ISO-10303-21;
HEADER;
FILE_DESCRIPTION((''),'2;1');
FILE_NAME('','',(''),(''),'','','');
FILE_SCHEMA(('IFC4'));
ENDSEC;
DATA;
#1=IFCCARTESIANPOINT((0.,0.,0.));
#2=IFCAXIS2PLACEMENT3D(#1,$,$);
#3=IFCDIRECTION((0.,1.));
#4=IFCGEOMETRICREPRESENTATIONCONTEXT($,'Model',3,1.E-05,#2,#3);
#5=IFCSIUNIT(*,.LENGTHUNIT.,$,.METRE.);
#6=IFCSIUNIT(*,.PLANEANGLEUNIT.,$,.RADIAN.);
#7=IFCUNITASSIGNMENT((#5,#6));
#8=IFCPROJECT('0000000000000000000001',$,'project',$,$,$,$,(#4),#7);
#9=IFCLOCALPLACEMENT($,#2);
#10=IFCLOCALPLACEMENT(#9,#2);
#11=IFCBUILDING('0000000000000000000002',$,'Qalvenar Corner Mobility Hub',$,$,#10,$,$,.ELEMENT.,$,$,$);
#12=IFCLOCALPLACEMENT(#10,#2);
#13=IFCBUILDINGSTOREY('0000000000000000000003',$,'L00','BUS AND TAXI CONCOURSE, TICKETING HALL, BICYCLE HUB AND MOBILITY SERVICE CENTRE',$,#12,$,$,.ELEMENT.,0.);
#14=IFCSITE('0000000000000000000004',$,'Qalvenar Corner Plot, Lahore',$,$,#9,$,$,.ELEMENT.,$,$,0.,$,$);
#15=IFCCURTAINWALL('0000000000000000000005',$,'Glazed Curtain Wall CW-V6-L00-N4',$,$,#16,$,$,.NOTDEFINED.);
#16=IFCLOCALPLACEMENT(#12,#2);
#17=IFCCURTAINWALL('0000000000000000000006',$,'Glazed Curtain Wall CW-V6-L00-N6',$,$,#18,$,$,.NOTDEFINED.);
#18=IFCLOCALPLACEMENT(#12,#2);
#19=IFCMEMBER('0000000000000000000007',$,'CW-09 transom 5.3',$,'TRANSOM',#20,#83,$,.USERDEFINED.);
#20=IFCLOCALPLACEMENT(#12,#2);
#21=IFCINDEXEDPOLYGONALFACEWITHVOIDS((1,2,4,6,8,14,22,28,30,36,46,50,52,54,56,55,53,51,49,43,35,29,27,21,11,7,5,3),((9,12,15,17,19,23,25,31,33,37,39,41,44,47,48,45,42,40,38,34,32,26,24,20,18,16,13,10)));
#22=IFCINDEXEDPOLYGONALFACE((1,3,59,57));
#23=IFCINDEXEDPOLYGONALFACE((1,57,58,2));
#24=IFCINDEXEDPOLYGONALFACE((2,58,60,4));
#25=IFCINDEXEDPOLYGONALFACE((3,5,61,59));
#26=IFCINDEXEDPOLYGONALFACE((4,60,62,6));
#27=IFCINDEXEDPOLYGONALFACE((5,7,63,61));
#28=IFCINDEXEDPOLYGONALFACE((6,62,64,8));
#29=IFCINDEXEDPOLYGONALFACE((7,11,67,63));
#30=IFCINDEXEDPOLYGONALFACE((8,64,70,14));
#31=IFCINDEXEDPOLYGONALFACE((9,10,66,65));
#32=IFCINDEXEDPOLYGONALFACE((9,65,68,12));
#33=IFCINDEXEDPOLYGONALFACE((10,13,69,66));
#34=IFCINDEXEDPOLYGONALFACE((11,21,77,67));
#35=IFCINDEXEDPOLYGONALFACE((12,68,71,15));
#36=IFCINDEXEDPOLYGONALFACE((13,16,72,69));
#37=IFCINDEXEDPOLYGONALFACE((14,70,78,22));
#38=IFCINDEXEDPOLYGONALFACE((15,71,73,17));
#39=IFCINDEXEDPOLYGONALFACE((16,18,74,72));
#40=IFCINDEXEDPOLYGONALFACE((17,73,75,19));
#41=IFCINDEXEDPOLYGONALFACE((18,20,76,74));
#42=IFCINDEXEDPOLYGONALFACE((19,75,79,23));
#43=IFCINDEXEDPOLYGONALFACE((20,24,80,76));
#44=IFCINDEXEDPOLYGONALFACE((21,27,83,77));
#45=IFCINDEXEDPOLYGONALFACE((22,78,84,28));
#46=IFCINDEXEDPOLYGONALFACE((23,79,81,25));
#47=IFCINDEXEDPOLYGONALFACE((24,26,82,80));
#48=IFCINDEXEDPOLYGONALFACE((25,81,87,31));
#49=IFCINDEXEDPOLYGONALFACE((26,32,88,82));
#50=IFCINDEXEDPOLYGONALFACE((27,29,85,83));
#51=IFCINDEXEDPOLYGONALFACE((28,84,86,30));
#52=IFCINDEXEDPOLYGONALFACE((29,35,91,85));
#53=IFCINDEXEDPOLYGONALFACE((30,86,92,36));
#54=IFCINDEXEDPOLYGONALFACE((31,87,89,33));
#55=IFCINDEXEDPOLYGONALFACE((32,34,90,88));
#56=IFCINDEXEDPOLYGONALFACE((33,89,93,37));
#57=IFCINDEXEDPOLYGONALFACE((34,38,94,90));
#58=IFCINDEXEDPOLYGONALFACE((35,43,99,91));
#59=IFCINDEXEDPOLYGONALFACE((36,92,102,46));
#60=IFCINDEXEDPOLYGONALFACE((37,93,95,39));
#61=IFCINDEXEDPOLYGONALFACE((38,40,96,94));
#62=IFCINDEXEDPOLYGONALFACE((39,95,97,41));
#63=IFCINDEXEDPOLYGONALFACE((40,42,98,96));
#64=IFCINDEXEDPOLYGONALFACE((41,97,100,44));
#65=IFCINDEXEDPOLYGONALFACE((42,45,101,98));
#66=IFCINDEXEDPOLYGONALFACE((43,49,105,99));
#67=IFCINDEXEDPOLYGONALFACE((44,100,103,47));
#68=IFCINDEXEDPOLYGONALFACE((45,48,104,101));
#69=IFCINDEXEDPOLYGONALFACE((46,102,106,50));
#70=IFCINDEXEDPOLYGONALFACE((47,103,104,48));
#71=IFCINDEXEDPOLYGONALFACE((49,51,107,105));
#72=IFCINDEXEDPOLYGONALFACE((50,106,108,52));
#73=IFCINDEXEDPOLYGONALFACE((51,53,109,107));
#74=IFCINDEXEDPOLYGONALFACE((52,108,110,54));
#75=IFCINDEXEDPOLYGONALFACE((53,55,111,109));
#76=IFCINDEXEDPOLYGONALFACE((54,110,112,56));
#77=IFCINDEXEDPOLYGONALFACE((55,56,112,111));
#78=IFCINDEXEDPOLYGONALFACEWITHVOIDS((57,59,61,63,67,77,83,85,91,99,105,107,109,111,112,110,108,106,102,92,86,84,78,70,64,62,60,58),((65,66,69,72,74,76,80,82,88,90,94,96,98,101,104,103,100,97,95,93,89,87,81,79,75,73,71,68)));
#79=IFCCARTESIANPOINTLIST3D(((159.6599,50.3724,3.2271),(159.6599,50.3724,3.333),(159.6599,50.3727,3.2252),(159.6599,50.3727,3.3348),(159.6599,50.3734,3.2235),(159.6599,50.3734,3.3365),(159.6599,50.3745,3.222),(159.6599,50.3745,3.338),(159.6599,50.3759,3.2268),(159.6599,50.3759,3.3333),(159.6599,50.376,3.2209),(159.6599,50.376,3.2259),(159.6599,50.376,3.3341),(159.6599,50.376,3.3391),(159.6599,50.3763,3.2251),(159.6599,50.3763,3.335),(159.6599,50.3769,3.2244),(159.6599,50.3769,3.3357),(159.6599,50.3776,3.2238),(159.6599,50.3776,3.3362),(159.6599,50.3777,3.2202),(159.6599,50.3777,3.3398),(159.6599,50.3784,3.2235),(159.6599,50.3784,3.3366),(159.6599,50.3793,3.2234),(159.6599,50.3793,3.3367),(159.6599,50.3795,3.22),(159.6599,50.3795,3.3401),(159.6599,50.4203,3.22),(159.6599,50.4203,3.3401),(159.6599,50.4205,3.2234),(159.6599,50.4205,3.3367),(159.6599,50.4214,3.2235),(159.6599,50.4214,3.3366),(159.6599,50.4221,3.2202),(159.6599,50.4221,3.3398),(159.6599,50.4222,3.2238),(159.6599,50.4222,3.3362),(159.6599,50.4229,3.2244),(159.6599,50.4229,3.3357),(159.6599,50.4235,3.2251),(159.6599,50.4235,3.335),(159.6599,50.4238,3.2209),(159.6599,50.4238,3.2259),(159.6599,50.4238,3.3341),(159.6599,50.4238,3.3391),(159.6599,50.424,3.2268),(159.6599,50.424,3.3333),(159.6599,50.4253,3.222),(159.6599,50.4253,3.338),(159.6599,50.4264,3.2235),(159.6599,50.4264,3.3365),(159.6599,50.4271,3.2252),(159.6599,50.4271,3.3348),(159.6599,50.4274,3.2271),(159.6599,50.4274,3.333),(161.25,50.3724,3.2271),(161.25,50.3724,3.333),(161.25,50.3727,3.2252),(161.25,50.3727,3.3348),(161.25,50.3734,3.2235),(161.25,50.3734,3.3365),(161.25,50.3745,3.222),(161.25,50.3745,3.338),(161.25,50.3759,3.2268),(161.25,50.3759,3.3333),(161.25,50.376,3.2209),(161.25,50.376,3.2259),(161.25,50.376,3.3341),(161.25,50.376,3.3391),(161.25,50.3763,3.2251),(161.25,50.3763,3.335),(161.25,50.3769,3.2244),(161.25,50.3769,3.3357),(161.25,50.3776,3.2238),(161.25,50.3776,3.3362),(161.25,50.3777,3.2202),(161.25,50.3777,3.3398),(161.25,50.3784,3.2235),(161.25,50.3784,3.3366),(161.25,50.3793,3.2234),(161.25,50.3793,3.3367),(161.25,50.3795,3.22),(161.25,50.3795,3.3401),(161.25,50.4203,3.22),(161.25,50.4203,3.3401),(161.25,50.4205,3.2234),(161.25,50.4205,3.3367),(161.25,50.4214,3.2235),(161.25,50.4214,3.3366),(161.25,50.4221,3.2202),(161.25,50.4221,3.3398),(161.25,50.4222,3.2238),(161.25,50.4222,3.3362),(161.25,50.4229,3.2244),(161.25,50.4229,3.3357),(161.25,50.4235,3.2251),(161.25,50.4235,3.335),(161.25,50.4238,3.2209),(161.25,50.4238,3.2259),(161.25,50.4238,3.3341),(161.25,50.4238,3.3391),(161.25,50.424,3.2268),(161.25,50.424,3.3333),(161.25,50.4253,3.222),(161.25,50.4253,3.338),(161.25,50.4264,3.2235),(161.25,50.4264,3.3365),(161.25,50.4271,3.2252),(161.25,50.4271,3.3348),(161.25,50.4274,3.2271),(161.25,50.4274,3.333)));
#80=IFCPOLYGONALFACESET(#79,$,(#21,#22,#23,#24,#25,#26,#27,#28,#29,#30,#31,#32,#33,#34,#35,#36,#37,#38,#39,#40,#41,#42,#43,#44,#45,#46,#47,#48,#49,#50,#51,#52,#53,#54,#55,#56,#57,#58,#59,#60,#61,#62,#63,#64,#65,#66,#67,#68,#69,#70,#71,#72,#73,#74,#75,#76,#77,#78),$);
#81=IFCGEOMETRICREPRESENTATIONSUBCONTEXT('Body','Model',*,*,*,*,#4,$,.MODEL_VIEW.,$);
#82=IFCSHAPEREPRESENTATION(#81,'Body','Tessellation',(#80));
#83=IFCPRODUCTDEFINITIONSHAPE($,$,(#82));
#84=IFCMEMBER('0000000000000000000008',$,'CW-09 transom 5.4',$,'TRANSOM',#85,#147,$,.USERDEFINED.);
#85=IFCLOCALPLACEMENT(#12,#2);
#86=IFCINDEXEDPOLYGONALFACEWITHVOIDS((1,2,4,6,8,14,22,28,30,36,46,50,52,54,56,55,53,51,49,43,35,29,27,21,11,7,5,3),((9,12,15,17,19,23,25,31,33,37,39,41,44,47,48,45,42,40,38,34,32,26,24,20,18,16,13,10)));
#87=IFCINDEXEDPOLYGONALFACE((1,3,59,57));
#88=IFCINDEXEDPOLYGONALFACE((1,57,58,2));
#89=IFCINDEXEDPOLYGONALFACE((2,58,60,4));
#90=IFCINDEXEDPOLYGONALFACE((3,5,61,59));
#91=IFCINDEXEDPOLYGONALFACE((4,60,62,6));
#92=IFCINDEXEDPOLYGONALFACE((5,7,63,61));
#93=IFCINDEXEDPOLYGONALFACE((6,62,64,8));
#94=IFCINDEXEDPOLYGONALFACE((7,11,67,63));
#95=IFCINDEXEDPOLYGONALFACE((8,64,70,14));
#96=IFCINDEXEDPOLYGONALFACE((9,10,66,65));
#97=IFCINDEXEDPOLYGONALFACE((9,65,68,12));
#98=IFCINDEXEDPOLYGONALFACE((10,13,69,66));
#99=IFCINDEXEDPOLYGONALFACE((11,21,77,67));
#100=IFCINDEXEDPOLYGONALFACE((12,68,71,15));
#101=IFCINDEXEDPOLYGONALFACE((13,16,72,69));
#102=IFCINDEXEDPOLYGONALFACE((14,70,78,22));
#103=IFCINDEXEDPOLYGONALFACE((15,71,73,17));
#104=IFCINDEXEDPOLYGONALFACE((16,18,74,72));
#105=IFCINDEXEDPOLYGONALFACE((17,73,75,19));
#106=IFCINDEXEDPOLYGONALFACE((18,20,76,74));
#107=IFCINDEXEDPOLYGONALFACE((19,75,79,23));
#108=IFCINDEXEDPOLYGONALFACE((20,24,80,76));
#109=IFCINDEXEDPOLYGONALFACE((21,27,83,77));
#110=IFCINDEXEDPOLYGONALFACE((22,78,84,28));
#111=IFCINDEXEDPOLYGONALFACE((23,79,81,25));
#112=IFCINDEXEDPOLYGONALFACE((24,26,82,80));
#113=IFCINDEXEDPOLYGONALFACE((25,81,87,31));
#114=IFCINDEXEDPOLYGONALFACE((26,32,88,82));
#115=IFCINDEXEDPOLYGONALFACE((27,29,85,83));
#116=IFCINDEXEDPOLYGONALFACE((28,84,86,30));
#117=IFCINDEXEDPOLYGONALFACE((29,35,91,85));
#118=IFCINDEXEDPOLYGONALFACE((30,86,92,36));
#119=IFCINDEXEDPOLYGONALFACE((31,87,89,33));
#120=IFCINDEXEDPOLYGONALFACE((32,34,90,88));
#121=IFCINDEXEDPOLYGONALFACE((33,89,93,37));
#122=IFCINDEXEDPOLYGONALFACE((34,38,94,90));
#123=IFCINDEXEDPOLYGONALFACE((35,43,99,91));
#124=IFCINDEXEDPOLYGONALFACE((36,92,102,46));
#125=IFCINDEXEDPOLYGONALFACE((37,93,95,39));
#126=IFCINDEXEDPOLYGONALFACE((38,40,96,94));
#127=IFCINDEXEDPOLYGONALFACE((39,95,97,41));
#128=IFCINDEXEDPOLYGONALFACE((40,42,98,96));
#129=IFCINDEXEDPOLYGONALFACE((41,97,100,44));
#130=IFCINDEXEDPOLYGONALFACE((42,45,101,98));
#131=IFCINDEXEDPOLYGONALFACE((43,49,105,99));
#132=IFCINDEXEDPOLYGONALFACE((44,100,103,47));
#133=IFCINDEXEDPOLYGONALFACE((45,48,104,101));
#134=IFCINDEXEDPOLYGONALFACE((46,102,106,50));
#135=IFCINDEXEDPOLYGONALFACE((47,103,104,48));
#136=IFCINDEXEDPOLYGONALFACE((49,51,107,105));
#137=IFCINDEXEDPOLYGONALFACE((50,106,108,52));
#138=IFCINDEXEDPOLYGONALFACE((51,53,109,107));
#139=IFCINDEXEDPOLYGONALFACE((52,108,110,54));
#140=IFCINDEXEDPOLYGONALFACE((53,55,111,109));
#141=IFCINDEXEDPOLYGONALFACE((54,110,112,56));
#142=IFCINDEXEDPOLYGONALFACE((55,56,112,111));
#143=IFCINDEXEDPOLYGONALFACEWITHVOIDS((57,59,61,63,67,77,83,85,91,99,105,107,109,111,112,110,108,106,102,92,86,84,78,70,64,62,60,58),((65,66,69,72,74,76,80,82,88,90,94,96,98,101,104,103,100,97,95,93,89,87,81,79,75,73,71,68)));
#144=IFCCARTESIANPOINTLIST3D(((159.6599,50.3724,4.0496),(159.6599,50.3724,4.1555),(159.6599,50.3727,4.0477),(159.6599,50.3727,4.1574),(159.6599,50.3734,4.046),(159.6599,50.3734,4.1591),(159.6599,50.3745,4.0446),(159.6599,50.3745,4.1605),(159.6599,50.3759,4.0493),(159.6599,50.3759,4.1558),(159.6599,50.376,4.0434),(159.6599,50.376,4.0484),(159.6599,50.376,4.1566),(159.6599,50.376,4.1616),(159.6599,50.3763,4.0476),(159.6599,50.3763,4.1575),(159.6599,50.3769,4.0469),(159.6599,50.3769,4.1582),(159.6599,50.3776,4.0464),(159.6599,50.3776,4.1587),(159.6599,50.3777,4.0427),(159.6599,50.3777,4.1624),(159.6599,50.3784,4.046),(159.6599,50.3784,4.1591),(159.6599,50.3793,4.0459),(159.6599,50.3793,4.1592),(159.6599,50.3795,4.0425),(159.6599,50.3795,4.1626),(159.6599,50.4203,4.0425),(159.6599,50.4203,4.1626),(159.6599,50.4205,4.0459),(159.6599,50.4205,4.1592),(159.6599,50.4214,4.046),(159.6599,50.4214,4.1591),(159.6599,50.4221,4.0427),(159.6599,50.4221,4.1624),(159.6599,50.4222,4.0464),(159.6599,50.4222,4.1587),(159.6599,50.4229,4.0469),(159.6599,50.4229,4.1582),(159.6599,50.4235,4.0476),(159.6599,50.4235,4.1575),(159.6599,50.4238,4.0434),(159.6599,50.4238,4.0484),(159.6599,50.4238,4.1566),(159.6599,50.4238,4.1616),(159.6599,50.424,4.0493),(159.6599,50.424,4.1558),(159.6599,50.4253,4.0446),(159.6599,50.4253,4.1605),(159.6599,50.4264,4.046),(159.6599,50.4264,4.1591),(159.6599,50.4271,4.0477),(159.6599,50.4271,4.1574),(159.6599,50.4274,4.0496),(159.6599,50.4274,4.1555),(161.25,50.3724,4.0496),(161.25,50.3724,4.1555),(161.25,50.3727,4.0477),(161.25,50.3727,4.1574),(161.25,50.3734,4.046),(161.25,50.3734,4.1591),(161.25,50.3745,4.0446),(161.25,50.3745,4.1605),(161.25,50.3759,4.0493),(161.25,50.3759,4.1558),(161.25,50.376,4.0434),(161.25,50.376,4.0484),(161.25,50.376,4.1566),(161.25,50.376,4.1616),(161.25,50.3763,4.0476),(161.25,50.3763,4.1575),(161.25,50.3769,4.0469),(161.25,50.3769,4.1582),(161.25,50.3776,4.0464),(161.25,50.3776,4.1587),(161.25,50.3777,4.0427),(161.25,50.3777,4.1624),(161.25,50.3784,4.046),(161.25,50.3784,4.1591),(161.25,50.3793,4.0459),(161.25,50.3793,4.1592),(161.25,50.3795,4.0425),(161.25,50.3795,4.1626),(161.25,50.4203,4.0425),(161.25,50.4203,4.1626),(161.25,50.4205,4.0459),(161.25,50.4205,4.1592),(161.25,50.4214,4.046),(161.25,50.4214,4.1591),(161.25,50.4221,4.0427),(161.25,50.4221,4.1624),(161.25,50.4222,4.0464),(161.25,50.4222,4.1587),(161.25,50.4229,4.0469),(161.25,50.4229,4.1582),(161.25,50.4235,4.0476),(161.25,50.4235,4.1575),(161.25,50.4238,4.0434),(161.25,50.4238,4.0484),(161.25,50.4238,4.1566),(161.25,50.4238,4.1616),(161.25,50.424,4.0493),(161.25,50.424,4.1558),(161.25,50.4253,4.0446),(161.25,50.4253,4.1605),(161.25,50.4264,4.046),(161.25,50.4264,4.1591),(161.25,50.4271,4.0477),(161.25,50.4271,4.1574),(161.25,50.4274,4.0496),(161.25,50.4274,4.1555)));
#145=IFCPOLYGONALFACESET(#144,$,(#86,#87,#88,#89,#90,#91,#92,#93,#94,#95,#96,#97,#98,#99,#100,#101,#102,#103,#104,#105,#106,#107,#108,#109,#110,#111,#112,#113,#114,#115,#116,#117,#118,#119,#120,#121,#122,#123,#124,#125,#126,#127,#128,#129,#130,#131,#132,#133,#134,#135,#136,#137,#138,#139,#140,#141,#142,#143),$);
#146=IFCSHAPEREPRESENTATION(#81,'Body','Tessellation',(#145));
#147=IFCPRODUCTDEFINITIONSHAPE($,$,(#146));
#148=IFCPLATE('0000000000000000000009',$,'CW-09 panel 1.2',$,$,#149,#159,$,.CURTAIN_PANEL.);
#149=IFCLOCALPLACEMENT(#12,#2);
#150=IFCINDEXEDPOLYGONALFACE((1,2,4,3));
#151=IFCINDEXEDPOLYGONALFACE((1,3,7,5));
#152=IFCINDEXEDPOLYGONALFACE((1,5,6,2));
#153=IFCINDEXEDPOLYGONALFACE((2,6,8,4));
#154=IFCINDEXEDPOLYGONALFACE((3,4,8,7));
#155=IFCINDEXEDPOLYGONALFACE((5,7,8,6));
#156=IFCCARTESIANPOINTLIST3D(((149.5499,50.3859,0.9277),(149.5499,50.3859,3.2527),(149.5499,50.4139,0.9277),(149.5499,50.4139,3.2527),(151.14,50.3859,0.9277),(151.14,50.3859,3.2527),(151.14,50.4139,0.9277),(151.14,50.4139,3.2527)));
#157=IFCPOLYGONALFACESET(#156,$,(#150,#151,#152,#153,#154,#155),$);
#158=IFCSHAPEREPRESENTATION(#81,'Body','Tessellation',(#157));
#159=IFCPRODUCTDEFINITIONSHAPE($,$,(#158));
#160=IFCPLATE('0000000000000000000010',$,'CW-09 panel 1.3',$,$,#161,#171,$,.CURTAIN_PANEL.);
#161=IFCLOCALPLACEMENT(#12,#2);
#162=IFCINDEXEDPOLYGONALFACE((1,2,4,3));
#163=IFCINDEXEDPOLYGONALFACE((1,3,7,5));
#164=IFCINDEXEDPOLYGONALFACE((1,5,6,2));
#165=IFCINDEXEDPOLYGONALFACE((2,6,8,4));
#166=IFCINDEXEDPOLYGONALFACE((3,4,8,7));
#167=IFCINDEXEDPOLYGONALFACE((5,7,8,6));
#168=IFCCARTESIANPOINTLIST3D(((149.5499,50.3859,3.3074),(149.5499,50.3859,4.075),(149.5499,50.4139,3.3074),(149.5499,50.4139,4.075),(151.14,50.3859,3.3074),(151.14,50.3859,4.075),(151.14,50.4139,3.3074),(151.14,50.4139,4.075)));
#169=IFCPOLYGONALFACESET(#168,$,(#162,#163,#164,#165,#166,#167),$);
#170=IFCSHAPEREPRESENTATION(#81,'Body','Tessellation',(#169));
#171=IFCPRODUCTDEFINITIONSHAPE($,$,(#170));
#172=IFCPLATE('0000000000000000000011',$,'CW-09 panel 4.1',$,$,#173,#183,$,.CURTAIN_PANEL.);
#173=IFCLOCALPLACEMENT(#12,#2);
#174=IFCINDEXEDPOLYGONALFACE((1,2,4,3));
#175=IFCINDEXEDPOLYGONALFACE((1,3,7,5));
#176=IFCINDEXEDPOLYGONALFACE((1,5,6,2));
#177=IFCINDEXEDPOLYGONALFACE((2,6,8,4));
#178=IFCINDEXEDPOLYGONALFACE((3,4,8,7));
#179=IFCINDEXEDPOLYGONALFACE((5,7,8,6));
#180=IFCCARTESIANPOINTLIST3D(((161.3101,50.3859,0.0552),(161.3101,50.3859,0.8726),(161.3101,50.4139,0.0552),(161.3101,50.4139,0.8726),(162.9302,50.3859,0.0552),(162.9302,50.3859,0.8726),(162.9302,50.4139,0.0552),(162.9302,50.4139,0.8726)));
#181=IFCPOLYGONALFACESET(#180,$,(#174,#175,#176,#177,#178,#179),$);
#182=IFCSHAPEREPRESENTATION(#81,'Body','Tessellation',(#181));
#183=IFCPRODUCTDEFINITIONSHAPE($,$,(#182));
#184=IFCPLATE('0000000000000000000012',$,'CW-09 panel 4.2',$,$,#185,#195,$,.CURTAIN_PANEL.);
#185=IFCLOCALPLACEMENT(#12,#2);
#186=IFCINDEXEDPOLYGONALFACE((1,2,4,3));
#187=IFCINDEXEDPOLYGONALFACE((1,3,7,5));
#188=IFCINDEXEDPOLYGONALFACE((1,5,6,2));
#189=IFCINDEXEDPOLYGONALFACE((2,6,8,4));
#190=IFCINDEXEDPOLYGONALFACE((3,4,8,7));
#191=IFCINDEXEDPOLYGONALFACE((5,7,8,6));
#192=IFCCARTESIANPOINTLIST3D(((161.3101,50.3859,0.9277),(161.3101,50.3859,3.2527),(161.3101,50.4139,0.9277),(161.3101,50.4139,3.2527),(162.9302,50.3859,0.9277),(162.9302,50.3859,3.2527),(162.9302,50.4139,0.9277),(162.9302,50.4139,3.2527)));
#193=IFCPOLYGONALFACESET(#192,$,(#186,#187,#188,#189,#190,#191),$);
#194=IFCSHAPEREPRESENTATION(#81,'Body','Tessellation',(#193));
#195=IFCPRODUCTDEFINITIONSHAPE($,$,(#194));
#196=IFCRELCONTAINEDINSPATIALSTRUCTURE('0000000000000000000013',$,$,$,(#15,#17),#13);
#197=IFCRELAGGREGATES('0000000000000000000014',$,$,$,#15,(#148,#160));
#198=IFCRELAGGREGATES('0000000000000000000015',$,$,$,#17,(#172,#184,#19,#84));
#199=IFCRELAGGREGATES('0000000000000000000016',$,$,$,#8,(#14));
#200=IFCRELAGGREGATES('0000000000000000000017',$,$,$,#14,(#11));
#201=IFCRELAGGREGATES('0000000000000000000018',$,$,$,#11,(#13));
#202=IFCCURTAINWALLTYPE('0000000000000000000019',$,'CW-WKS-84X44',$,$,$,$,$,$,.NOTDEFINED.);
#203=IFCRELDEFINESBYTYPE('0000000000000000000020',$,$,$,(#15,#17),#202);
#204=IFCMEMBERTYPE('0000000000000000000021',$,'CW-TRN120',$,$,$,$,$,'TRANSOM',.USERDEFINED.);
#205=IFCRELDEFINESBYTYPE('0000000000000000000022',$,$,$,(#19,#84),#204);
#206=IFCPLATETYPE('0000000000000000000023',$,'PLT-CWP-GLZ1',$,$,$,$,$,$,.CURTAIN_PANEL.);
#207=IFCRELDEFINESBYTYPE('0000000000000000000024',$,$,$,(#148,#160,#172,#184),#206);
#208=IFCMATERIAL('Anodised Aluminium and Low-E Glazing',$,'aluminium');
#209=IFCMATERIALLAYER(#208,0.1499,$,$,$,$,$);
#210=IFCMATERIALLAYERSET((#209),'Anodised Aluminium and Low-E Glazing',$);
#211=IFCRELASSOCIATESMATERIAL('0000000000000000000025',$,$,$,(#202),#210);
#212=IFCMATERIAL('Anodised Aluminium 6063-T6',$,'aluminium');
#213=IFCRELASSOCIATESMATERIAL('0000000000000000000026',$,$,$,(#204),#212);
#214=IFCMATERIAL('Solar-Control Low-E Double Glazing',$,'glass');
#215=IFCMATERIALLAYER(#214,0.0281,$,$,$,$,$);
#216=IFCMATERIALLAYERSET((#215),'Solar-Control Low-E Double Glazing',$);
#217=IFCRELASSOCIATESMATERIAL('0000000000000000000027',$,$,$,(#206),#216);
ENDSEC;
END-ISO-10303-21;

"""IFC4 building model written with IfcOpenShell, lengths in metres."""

from ifc_helpers import new_model, si_unit, direction, frame, origin, origin_2d, place, context, subcontext, project, spatial, rectangle, hollow_rectangle, extrude, material, layer, layer_set, material_profile, profile_set, type_object, element, aggregate, save


model = new_model("IFC4")

# Units and contexts
model_context = context("Model", 3, precision=1e-05, world=origin(), true_north=direction((0.0, 1.0)))
body_context = subcontext(model_context, "Body", "Model", "MODEL_VIEW")
ifc_project = project(units=[si_unit("LENGTHUNIT", "METRE"), si_unit("PLANEANGLEUNIT", "RADIAN")], contexts=[model_context])

# Site, building, storey
site_placement = place(None, origin())
site = spatial("IfcSite", under=ifc_project, at=site_placement, Name="Qalvenar Corner Plot, Lahore", CompositionType="ELEMENT", RefElevation=0.0)
building_placement = place(site_placement, origin())
building = spatial("IfcBuilding", under=site, at=building_placement, Name="Qalvenar Corner Mobility Hub", CompositionType="ELEMENT")
storey_placement = place(building_placement, origin())
storey = spatial("IfcBuildingStorey", under=building, at=storey_placement, Name="L00", Description="BUS AND TAXI CONCOURSE, TICKETING HALL, BICYCLE HUB AND MOBILITY SERVICE CENTRE", CompositionType="ELEMENT", Elevation=0.0)

# Curtain wall
ifc_material_1 = material(Name="Anodised Aluminium and Low-E Glazing", Category="aluminium")
ifc_layer_1 = layer(ifc_material_1, 0.1499)
ifc_layer_set_1 = layer_set([ifc_layer_1], Name="Anodised Aluminium and Low-E Glazing")
curtain_wall_type = type_object("IfcCurtainWallType", Name="CW-WKS-84X44", PredefinedType="NOTDEFINED", material=ifc_layer_set_1)
curtain_wall_1_placement = place(storey_placement, origin())
curtain_wall_1 = element("IfcCurtainWall", 1, at=curtain_wall_1_placement, inside=storey, type_object=curtain_wall_type, Name="Glazed Curtain Wall CW-V6-L00-N4", PredefinedType="NOTDEFINED")
ifc_material_2 = material(Name="Anodised Aluminium 6063-T6", Category="aluminium")

# Curtain wall
curtain_wall_2_placement = place(storey_placement, origin())
curtain_wall_2 = element("IfcCurtainWall", 2, at=curtain_wall_2_placement, inside=storey, type_object=curtain_wall_type, Name="Glazed Curtain Wall CW-V6-L00-N6", PredefinedType="NOTDEFINED")

# Members
ifc_material_profile_1 = material_profile(ifc_material_2, hollow_rectangle(XDim=0.0549, YDim=0.1201, WallThickness=0.0034, InnerFilletRadius=0.0034, OuterFilletRadius=0.0071, at=origin_2d()), Name="RHS120x55x3.5")
ifc_profile_set_1 = profile_set([ifc_material_profile_1], Name="Anodised Aluminium 6063-T6")
member_type_1 = type_object("IfcMemberType", Name="CW-TRN120", ElementType="TRANSOM", PredefinedType="USERDEFINED", material=ifc_profile_set_1)
member_1_placement = place(storey_placement, frame((161.25, 50.3999, 3.28), z_axis=(-1.0, 0.0, 0.0), x_axis=(0.0, -1.0, 0.0)))
member_1 = element("IfcMember", 3, at=member_1_placement, type_object=member_type_1, Name="CW-09 transom 5.3", ObjectType="TRANSOM", PredefinedType="USERDEFINED", context=body_context, shape_type="SweptSolid", body=[
    extrude(hollow_rectangle(XDim=0.0549, YDim=0.1201, WallThickness=0.0034, InnerFilletRadius=0.0034, OuterFilletRadius=0.0071, at=origin_2d()), origin(), (0.0, 0.0, 1.0), 1.5901),
])
member_2_placement = place(storey_placement, frame((161.25, 50.3999, 4.1025), z_axis=(-1.0, 0.0, 0.0), x_axis=(0.0, -1.0, 0.0)))
member_2 = element("IfcMember", 4, at=member_2_placement, type_object=member_type_1, Name="CW-09 transom 5.4", ObjectType="TRANSOM", PredefinedType="USERDEFINED", context=body_context, shape_type="SweptSolid", body=[
    extrude(hollow_rectangle(XDim=0.0549, YDim=0.1201, WallThickness=0.0034, InnerFilletRadius=0.0034, OuterFilletRadius=0.0071, at=origin_2d()), origin(), (0.0, 0.0, 1.0), 1.5901),
])

# Plates
ifc_material_3 = material(Name="Solar-Control Low-E Double Glazing", Category="glass")
ifc_layer_2 = layer(ifc_material_3, 0.0281)
ifc_layer_set_2 = layer_set([ifc_layer_2], Name="Solar-Control Low-E Double Glazing")
plate_type = type_object("IfcPlateType", Name="PLT-CWP-GLZ1", PredefinedType="CURTAIN_PANEL", material=ifc_layer_set_2)
plate_1_placement = place(storey_placement, frame((150.345, 50.3999, 0.9277), z_axis=(0.0, 0.0, 1.0), x_axis=(-1.0, 0.0, 0.0)))
plate_1 = element("IfcPlate", 5, at=plate_1_placement, type_object=plate_type, Name="CW-09 panel 1.2", PredefinedType="CURTAIN_PANEL", context=body_context, shape_type="SweptSolid", body=[
    extrude(rectangle(XDim=1.5901, YDim=0.0281, at=origin_2d()), origin(), (0.0, 0.0, 1.0), 2.325),
])
plate_2_placement = place(storey_placement, frame((150.345, 50.3999, 3.3074), z_axis=(0.0, 0.0, 1.0), x_axis=(-1.0, 0.0, 0.0)))
plate_2 = element("IfcPlate", 6, at=plate_2_placement, type_object=plate_type, Name="CW-09 panel 1.3", PredefinedType="CURTAIN_PANEL", context=body_context, shape_type="SweptSolid", body=[
    extrude(rectangle(XDim=1.5901, YDim=0.0281, at=origin_2d()), origin(), (0.0, 0.0, 1.0), 0.7676),
])
aggregate(curtain_wall_1, [plate_1, plate_2])
plate_3_placement = place(storey_placement, frame((162.1201, 50.3999, 0.0552), z_axis=(0.0, 0.0, 1.0), x_axis=(-1.0, 0.0, 0.0)))
plate_3 = element("IfcPlate", 7, at=plate_3_placement, type_object=plate_type, Name="CW-09 panel 4.1", PredefinedType="CURTAIN_PANEL", context=body_context, shape_type="SweptSolid", body=[
    extrude(rectangle(XDim=1.6201, YDim=0.0281, at=origin_2d()), origin(), (0.0, 0.0, 1.0), 0.8174),
])
plate_4_placement = place(storey_placement, frame((162.1201, 50.3999, 0.9277), z_axis=(0.0, 0.0, 1.0), x_axis=(-1.0, 0.0, 0.0)))
plate_4 = element("IfcPlate", 8, at=plate_4_placement, type_object=plate_type, Name="CW-09 panel 4.2", PredefinedType="CURTAIN_PANEL", context=body_context, shape_type="SweptSolid", body=[
    extrude(rectangle(XDim=1.6201, YDim=0.0281, at=origin_2d()), origin(), (0.0, 0.0, 1.0), 2.325),
])
aggregate(curtain_wall_2, [plate_3, plate_4, member_1, member_2])

save(model, "model.ifc")
